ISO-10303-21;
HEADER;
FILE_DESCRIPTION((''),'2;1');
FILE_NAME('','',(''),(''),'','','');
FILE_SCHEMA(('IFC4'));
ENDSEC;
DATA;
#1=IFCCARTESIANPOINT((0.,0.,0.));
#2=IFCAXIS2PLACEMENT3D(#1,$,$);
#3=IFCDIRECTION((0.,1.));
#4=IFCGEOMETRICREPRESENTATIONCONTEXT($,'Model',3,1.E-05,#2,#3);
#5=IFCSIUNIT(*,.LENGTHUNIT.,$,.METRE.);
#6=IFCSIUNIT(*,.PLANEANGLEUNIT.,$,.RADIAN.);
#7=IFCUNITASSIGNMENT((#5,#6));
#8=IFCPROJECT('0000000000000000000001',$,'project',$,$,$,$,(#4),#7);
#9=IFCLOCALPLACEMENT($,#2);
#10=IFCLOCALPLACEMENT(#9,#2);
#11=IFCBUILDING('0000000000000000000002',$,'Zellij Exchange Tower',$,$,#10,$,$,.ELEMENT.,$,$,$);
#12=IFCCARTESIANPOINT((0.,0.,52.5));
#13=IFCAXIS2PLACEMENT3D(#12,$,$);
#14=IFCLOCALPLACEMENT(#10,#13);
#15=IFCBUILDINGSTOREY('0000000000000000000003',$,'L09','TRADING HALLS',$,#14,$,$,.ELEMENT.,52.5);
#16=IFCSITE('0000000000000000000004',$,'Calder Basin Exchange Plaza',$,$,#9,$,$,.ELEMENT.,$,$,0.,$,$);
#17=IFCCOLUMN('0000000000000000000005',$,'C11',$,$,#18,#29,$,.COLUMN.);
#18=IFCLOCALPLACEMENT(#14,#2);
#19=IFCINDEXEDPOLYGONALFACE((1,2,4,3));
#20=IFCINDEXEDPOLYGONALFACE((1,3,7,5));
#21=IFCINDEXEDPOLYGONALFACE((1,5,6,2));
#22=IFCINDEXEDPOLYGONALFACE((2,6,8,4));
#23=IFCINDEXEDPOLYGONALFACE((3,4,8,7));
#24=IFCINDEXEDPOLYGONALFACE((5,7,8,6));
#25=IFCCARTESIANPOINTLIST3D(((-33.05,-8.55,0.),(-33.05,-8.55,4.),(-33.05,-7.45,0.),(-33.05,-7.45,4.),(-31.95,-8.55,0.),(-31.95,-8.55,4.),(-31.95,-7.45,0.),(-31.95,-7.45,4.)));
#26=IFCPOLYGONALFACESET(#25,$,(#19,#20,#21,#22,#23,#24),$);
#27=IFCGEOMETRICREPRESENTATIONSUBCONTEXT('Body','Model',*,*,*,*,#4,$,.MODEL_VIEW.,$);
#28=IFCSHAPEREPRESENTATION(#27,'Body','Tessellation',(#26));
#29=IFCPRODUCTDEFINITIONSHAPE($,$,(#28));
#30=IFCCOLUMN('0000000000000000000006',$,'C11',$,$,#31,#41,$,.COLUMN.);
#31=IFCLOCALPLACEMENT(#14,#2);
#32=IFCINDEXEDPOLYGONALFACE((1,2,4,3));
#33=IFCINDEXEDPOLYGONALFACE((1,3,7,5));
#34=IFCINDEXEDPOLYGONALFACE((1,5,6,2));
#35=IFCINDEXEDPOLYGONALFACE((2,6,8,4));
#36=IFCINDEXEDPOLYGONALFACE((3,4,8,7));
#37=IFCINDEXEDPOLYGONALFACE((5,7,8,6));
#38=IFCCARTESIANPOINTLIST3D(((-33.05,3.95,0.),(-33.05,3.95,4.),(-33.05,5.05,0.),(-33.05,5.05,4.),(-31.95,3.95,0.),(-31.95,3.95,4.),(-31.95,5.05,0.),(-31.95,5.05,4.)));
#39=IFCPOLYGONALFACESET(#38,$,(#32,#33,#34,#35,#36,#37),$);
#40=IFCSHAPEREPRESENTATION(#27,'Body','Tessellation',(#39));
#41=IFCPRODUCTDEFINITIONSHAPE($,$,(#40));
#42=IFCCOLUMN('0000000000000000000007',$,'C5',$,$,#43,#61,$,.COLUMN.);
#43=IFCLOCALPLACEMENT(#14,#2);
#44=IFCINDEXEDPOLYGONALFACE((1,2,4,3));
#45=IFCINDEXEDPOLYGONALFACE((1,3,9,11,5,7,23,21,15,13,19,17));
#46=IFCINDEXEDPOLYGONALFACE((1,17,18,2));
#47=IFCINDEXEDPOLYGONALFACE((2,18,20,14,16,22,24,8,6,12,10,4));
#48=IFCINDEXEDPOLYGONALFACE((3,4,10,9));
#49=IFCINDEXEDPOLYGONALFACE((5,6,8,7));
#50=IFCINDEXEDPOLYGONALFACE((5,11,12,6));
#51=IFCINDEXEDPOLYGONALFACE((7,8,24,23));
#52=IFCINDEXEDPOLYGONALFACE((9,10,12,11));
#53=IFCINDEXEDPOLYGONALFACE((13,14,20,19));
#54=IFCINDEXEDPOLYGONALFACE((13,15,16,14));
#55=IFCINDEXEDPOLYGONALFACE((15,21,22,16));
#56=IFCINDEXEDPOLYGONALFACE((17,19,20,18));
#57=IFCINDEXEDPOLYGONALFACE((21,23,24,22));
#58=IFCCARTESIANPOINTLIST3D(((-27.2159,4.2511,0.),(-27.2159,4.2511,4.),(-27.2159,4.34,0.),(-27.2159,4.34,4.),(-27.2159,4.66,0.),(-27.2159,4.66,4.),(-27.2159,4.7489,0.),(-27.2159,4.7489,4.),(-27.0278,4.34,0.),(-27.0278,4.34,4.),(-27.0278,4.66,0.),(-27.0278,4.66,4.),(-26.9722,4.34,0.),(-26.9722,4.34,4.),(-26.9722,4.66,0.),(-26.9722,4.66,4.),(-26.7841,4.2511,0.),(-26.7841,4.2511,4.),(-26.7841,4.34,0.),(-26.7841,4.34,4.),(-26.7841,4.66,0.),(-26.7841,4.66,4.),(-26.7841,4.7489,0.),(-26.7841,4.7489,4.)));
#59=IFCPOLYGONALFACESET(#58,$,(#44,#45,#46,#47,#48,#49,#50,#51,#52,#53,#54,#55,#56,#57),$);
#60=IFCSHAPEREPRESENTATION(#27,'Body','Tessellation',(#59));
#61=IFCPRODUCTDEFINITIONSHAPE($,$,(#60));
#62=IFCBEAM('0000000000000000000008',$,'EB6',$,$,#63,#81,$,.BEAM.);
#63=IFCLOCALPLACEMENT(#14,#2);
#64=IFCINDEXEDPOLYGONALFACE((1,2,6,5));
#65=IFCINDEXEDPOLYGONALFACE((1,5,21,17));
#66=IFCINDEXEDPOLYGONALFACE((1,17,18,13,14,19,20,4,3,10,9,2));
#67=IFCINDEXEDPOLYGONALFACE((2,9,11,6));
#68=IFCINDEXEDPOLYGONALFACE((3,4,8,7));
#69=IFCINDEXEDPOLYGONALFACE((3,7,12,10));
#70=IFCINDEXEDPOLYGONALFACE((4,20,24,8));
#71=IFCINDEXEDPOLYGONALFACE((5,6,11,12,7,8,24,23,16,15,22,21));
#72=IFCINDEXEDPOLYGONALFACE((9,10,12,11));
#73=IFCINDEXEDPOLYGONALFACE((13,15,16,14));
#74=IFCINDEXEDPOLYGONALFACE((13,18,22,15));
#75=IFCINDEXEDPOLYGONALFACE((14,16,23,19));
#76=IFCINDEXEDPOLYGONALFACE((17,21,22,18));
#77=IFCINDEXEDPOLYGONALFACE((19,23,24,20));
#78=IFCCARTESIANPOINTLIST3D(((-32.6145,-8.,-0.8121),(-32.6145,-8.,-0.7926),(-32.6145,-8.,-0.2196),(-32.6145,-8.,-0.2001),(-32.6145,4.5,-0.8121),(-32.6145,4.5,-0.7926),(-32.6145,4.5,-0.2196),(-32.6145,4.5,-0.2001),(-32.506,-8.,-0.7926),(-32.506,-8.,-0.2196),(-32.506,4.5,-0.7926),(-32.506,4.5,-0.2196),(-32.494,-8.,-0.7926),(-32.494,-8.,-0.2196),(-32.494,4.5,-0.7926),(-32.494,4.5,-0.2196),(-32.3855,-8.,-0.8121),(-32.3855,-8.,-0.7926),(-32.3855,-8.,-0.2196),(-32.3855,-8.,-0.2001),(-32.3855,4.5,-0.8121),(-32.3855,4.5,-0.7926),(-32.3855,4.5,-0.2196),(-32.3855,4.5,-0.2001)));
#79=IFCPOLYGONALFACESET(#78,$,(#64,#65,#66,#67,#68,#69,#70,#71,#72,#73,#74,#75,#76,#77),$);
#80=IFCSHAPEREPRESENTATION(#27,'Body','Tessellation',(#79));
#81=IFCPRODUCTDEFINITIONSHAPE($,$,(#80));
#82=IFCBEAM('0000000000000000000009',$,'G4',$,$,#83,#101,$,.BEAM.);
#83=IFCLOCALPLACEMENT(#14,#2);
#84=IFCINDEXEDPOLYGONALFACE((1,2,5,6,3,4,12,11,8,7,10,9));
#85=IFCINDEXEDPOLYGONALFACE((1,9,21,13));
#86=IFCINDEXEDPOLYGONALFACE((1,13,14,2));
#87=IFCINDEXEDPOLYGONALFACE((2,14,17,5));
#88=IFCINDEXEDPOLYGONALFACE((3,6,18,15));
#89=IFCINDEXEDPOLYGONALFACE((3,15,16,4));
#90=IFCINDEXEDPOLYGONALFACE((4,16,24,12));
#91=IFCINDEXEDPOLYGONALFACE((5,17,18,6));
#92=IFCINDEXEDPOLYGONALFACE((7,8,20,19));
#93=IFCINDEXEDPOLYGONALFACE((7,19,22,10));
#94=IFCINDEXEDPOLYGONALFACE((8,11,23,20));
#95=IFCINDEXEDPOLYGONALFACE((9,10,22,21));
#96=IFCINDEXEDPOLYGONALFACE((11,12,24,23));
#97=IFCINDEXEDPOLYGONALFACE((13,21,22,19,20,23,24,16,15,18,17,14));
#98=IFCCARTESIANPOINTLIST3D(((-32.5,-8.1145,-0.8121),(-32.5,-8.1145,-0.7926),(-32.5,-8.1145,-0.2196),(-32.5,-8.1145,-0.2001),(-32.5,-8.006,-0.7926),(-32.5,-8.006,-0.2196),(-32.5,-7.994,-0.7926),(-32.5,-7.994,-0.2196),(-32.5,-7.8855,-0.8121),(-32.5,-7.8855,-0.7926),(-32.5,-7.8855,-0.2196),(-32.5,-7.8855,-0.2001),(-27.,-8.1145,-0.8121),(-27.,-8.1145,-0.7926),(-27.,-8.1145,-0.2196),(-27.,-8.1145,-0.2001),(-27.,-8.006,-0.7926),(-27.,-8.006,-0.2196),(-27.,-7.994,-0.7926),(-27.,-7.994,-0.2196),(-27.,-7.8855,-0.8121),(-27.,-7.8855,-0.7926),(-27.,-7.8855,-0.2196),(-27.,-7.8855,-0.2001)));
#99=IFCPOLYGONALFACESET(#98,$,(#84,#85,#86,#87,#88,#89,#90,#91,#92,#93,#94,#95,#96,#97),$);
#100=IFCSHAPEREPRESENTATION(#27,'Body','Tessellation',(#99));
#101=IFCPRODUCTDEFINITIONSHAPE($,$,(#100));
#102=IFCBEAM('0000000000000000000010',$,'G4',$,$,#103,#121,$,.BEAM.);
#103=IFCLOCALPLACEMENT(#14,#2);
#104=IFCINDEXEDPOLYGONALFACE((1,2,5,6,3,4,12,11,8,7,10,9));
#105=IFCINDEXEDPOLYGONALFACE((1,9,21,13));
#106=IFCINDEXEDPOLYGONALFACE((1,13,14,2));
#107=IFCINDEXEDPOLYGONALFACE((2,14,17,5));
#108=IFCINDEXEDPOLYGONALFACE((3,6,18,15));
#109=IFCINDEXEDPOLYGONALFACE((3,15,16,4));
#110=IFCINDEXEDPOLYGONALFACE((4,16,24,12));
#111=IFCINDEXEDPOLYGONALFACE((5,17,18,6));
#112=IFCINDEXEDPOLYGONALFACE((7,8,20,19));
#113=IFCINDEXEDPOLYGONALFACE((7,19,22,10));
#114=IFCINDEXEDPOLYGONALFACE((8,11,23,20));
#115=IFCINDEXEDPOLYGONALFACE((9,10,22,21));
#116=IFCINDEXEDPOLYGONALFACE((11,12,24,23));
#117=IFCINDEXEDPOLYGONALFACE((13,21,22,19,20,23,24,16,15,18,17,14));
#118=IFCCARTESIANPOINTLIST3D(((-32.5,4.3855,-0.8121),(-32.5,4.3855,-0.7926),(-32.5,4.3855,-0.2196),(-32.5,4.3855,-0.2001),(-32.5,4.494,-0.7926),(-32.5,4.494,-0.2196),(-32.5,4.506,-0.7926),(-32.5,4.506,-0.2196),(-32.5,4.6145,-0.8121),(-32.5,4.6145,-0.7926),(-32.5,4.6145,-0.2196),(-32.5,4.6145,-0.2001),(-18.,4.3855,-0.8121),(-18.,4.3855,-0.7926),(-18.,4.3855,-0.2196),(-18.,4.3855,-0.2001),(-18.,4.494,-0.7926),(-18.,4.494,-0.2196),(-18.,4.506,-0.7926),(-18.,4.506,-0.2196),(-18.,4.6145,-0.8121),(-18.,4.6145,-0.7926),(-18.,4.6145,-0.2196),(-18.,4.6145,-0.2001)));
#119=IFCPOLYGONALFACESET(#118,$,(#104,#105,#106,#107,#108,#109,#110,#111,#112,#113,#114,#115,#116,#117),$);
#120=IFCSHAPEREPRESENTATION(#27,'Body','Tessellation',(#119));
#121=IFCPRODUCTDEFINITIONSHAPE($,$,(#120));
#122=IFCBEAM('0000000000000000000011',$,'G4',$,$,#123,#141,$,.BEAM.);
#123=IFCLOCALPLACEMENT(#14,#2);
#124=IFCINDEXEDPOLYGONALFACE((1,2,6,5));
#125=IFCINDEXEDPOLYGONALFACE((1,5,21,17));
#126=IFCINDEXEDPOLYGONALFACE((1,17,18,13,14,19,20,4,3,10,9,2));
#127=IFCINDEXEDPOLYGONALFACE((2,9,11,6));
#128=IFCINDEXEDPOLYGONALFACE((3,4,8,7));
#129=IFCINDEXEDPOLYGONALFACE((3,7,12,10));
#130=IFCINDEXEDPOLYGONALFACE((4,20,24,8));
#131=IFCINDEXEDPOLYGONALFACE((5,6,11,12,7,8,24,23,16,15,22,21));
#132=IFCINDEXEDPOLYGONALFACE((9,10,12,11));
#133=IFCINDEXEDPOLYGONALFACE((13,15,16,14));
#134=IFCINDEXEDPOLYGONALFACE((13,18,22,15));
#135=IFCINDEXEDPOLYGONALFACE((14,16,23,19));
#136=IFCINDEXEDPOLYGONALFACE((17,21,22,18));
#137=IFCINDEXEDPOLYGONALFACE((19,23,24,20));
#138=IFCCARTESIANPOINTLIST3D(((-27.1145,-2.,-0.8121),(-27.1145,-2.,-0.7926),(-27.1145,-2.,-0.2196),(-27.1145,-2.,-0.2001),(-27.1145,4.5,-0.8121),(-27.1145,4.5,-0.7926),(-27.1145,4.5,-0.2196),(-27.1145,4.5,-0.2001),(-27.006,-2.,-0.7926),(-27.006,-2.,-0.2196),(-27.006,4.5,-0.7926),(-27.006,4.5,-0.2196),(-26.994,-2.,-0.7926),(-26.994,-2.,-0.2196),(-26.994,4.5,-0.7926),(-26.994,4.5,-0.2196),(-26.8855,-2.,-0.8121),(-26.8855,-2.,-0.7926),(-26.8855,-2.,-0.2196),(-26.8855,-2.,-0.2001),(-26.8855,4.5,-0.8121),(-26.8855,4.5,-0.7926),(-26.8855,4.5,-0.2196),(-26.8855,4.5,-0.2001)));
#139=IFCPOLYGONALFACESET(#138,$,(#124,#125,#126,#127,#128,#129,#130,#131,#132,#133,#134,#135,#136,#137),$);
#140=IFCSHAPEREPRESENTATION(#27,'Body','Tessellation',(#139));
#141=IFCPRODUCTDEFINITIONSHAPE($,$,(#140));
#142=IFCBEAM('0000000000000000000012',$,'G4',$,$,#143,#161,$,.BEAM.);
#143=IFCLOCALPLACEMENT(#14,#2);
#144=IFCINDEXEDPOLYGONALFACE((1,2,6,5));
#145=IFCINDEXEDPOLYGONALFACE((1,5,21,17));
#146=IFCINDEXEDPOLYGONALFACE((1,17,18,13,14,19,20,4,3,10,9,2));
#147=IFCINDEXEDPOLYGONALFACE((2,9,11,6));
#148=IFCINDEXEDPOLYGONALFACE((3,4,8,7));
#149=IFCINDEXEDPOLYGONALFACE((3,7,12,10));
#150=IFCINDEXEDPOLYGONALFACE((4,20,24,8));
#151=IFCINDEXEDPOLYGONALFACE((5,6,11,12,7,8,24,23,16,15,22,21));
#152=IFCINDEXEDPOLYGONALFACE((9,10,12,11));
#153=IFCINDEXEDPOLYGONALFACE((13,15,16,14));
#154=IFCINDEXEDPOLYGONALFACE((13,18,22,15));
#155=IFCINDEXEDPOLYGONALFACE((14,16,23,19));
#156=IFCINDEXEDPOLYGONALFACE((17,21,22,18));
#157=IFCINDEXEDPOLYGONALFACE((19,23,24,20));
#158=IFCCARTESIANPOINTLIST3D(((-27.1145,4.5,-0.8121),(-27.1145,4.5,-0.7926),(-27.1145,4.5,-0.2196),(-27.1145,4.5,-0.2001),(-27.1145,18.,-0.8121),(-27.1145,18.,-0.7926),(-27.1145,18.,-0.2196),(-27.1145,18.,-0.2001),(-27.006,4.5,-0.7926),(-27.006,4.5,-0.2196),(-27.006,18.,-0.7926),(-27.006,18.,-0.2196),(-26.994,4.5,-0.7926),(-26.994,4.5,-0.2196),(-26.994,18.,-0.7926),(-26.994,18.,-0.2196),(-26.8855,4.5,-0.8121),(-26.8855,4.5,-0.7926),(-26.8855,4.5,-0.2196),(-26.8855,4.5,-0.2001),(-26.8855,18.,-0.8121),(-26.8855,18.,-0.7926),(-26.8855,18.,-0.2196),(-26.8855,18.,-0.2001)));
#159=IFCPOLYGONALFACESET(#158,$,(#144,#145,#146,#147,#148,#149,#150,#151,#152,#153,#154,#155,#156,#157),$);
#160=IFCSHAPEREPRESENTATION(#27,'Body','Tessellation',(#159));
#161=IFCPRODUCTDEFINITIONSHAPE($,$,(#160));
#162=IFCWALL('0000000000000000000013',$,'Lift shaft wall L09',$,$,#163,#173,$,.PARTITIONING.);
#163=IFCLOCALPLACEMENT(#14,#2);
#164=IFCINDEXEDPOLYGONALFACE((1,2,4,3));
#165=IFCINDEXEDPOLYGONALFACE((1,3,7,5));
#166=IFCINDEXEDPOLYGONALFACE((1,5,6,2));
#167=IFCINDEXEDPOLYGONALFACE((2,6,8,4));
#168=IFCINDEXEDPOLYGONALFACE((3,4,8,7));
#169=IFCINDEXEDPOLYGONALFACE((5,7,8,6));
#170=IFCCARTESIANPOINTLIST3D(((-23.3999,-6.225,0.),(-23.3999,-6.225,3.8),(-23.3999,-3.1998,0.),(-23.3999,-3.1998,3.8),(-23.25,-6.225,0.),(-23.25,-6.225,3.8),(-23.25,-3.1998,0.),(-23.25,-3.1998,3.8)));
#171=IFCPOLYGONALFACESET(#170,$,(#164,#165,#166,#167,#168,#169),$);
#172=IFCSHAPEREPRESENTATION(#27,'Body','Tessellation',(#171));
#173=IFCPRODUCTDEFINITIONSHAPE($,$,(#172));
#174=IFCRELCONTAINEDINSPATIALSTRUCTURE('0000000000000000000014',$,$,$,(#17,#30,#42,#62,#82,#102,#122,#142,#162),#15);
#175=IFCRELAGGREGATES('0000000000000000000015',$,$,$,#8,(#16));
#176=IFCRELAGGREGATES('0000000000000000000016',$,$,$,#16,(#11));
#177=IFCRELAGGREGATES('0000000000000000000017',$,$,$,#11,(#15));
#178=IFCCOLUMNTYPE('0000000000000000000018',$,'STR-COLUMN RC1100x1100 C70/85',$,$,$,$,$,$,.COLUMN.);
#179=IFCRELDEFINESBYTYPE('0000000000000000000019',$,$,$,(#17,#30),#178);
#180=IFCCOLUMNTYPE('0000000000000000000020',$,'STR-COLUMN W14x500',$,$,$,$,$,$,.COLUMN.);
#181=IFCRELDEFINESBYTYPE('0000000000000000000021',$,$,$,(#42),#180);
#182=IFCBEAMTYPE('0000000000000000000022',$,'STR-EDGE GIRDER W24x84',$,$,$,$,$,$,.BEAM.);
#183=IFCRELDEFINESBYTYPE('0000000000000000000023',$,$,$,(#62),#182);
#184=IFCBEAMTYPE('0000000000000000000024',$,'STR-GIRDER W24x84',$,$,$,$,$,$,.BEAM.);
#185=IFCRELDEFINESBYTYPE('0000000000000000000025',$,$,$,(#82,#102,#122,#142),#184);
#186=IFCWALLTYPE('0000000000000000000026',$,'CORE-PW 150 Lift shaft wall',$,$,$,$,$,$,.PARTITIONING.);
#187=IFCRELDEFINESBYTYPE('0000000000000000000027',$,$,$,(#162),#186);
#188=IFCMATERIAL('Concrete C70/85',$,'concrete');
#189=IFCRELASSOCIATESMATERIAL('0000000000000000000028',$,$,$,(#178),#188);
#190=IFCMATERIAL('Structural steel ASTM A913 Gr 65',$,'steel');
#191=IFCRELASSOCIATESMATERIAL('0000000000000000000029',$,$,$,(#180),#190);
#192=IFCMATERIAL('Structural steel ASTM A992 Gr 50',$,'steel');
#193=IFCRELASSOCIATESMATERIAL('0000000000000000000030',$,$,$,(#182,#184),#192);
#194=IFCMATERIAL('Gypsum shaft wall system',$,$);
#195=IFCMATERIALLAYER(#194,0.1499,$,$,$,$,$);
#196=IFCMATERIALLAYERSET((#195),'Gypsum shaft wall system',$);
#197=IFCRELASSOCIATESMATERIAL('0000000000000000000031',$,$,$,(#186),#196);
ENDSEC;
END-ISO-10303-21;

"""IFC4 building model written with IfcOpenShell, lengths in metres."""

from ifc_helpers import new_model, si_unit, direction, frame, frame_2d, origin, origin_2d, place, context, subcontext, project, spatial, rectangle, i_section, extrude, material, layer, layer_set, material_profile, profile_set, type_object, element, save


model = new_model("IFC4")

# Units and contexts
model_context = context("Model", 3, precision=1e-05, world=origin(), true_north=direction((0.0, 1.0)))
body_context = subcontext(model_context, "Body", "Model", "MODEL_VIEW")
ifc_project = project(units=[si_unit("LENGTHUNIT", "METRE"), si_unit("PLANEANGLEUNIT", "RADIAN")], contexts=[model_context])

# Site, building, storey
site_placement = place(None, origin())
site = spatial("IfcSite", under=ifc_project, at=site_placement, Name="Calder Basin Exchange Plaza", CompositionType="ELEMENT", RefElevation=0.0)
building_placement = place(site_placement, origin())
building = spatial("IfcBuilding", under=site, at=building_placement, Name="Zellij Exchange Tower", CompositionType="ELEMENT")
storey_placement = place(building_placement, frame((0.0, 0.0, 52.5)))
storey = spatial("IfcBuildingStorey", under=building, at=storey_placement, Name="L09", Description="TRADING HALLS", CompositionType="ELEMENT", Elevation=52.5)

# Columns
ifc_material_1 = material(Name="Concrete C70/85", Category="concrete")
ifc_material_profile_1 = material_profile(ifc_material_1, rectangle(XDim=1.1001, YDim=1.1001, at=origin_2d()), Name="STR-COLUMN RC1100x1100 C70/85")
ifc_profile_set_1 = profile_set([ifc_material_profile_1], Name="Concrete C70/85")
column_type_1 = type_object("IfcColumnType", Name="STR-COLUMN RC1100x1100 C70/85", PredefinedType="COLUMN", material=ifc_profile_set_1)
for number, where, z_axis, x_axis, name in (
    (1, (-32.5, -8.0, 0.0), (0.0, 0.0, 1.0), (1.0, 0.0, 0.0), "C11"),
    (2, (-32.5, 4.5, 0.0), (0.0, 0.0, 1.0), (1.0, 0.0, 0.0), "C11"),
):
    element("IfcColumn", number, at=place(storey_placement, frame(where, z_axis=z_axis, x_axis=x_axis)), inside=storey, type_object=column_type_1, Name=name, PredefinedType="COLUMN", context=body_context, shape_type="SweptSolid", body=[
        extrude(rectangle(XDim=1.1001, YDim=1.1001, at=origin_2d()), origin(), (0.0, 0.0, 1.0), 4.0),
    ])
ifc_material_2 = material(Name="Structural steel ASTM A913 Gr 65", Category="steel")
ifc_material_profile_2 = material_profile(ifc_material_2, i_section(OverallWidth=0.4319, OverallDepth=0.4978, WebThickness=0.0557, FlangeThickness=0.0889, at=origin_2d()), Name="W14x500")
ifc_profile_set_2 = profile_set([ifc_material_profile_2], Name="Structural steel ASTM A913 Gr 65")
column_type_2 = type_object("IfcColumnType", Name="STR-COLUMN W14x500", PredefinedType="COLUMN", material=ifc_profile_set_2)
column_placement = place(storey_placement, frame((-27.0, 4.5, 0.0), z_axis=(0.0, 0.0, 1.0), x_axis=(1.0, 0.0, 0.0)))
element("IfcColumn", 3, at=column_placement, inside=storey, type_object=column_type_2, Name="C5", PredefinedType="COLUMN", context=body_context, shape_type="SweptSolid", body=[
    extrude(i_section(OverallWidth=0.4319, OverallDepth=0.4978, WebThickness=0.0557, FlangeThickness=0.0889, at=origin_2d()), origin(), (0.0, 0.0, 1.0), 4.0),
])

# Beams
ifc_material_3 = material(Name="Structural steel ASTM A992 Gr 50", Category="steel")
ifc_material_profile_3 = material_profile(ifc_material_3, i_section(OverallWidth=0.229, OverallDepth=0.6121, WebThickness=0.012, FlangeThickness=0.0195, at=origin_2d()), Name="W24x84")
ifc_profile_set_3 = profile_set([ifc_material_profile_3], Name="Structural steel ASTM A992 Gr 50")
beam_type_1 = type_object("IfcBeamType", Name="STR-EDGE GIRDER W24x84", PredefinedType="BEAM", material=ifc_profile_set_3)
beam_1_placement = place(storey_placement, frame((-32.5, -8.0, -0.5061), z_axis=(0.0, 1.0, 0.0), x_axis=(-1.0, 0.0, 0.0)))
element("IfcBeam", 4, at=beam_1_placement, inside=storey, type_object=beam_type_1, Name="EB6", PredefinedType="BEAM", context=body_context, shape_type="SweptSolid", body=[
    extrude(i_section(OverallWidth=0.229, OverallDepth=0.6121, WebThickness=0.012, FlangeThickness=0.0195, at=origin_2d()), origin(), (0.0, 0.0, 1.0), 12.5),
])
ifc_material_profile_4 = material_profile(ifc_material_3, i_section(OverallWidth=0.229, OverallDepth=0.6121, WebThickness=0.012, FlangeThickness=0.0195, at=origin_2d()), Name="W24x84")
ifc_profile_set_4 = profile_set([ifc_material_profile_4], Name="Structural steel ASTM A992 Gr 50")
beam_type_2 = type_object("IfcBeamType", Name="STR-GIRDER W24x84", PredefinedType="BEAM", material=ifc_profile_set_4)
beam_2_placement = place(storey_placement, frame((-32.5, -8.0, -0.5061), z_axis=(1.0, 0.0, 0.0), x_axis=(0.0, 1.0, 0.0)))
element("IfcBeam", 5, at=beam_2_placement, inside=storey, type_object=beam_type_2, Name="G4", PredefinedType="BEAM", context=body_context, shape_type="SweptSolid", body=[
    extrude(i_section(OverallWidth=0.229, OverallDepth=0.6121, WebThickness=0.012, FlangeThickness=0.0195, at=origin_2d()), origin(), (0.0, 0.0, 1.0), 5.5),
])
beam_3_placement = place(storey_placement, frame((-32.5, 4.5, -0.5061), z_axis=(1.0, 0.0, 0.0), x_axis=(0.0, 1.0, 0.0)))
element("IfcBeam", 6, at=beam_3_placement, inside=storey, type_object=beam_type_2, Name="G4", PredefinedType="BEAM", context=body_context, shape_type="SweptSolid", body=[
    extrude(i_section(OverallWidth=0.229, OverallDepth=0.6121, WebThickness=0.012, FlangeThickness=0.0195, at=origin_2d()), origin(), (0.0, 0.0, 1.0), 14.5),
])
beam_4_placement = place(storey_placement, frame((-27.0, -2.0, -0.5061), z_axis=(0.0, 1.0, 0.0), x_axis=(-1.0, 0.0, 0.0)))
element("IfcBeam", 7, at=beam_4_placement, inside=storey, type_object=beam_type_2, Name="G4", PredefinedType="BEAM", context=body_context, shape_type="SweptSolid", body=[
    extrude(i_section(OverallWidth=0.229, OverallDepth=0.6121, WebThickness=0.012, FlangeThickness=0.0195, at=origin_2d()), origin(), (0.0, 0.0, 1.0), 6.5),
])
beam_5_placement = place(storey_placement, frame((-27.0, 4.5, -0.5061), z_axis=(0.0, 1.0, 0.0), x_axis=(-1.0, 0.0, 0.0)))
element("IfcBeam", 8, at=beam_5_placement, inside=storey, type_object=beam_type_2, Name="G4", PredefinedType="BEAM", context=body_context, shape_type="SweptSolid", body=[
    extrude(i_section(OverallWidth=0.229, OverallDepth=0.6121, WebThickness=0.012, FlangeThickness=0.0195, at=origin_2d()), origin(), (0.0, 0.0, 1.0), 13.5),
])

# Wall
ifc_material_4 = material(Name="Gypsum shaft wall system")
ifc_layer_1 = layer(ifc_material_4, 0.1499)
ifc_layer_set_1 = layer_set([ifc_layer_1], Name="Gypsum shaft wall system")
wall_type_1 = type_object("IfcWallType", Name="CORE-PW 150 Lift shaft wall", PredefinedType="PARTITIONING", material=ifc_layer_set_1)
wall_1_placement = place(storey_placement, frame((-23.325, -6.2251, 0.0), z_axis=(0.0, 0.0, 1.0), x_axis=(0.0, 1.0, 0.0)))
element("IfcWall", 9, at=wall_1_placement, inside=storey, type_object=wall_type_1, Name="Lift shaft wall L09", PredefinedType="PARTITIONING", context=body_context, shape_type="SweptSolid", body=[
    extrude(rectangle(XDim=3.0251, YDim=0.1499, at=frame_2d((1.5127, 0.0))), origin(), (0.0, 0.0, 1.0), 3.8),
])

save(model, "model.ifc")
